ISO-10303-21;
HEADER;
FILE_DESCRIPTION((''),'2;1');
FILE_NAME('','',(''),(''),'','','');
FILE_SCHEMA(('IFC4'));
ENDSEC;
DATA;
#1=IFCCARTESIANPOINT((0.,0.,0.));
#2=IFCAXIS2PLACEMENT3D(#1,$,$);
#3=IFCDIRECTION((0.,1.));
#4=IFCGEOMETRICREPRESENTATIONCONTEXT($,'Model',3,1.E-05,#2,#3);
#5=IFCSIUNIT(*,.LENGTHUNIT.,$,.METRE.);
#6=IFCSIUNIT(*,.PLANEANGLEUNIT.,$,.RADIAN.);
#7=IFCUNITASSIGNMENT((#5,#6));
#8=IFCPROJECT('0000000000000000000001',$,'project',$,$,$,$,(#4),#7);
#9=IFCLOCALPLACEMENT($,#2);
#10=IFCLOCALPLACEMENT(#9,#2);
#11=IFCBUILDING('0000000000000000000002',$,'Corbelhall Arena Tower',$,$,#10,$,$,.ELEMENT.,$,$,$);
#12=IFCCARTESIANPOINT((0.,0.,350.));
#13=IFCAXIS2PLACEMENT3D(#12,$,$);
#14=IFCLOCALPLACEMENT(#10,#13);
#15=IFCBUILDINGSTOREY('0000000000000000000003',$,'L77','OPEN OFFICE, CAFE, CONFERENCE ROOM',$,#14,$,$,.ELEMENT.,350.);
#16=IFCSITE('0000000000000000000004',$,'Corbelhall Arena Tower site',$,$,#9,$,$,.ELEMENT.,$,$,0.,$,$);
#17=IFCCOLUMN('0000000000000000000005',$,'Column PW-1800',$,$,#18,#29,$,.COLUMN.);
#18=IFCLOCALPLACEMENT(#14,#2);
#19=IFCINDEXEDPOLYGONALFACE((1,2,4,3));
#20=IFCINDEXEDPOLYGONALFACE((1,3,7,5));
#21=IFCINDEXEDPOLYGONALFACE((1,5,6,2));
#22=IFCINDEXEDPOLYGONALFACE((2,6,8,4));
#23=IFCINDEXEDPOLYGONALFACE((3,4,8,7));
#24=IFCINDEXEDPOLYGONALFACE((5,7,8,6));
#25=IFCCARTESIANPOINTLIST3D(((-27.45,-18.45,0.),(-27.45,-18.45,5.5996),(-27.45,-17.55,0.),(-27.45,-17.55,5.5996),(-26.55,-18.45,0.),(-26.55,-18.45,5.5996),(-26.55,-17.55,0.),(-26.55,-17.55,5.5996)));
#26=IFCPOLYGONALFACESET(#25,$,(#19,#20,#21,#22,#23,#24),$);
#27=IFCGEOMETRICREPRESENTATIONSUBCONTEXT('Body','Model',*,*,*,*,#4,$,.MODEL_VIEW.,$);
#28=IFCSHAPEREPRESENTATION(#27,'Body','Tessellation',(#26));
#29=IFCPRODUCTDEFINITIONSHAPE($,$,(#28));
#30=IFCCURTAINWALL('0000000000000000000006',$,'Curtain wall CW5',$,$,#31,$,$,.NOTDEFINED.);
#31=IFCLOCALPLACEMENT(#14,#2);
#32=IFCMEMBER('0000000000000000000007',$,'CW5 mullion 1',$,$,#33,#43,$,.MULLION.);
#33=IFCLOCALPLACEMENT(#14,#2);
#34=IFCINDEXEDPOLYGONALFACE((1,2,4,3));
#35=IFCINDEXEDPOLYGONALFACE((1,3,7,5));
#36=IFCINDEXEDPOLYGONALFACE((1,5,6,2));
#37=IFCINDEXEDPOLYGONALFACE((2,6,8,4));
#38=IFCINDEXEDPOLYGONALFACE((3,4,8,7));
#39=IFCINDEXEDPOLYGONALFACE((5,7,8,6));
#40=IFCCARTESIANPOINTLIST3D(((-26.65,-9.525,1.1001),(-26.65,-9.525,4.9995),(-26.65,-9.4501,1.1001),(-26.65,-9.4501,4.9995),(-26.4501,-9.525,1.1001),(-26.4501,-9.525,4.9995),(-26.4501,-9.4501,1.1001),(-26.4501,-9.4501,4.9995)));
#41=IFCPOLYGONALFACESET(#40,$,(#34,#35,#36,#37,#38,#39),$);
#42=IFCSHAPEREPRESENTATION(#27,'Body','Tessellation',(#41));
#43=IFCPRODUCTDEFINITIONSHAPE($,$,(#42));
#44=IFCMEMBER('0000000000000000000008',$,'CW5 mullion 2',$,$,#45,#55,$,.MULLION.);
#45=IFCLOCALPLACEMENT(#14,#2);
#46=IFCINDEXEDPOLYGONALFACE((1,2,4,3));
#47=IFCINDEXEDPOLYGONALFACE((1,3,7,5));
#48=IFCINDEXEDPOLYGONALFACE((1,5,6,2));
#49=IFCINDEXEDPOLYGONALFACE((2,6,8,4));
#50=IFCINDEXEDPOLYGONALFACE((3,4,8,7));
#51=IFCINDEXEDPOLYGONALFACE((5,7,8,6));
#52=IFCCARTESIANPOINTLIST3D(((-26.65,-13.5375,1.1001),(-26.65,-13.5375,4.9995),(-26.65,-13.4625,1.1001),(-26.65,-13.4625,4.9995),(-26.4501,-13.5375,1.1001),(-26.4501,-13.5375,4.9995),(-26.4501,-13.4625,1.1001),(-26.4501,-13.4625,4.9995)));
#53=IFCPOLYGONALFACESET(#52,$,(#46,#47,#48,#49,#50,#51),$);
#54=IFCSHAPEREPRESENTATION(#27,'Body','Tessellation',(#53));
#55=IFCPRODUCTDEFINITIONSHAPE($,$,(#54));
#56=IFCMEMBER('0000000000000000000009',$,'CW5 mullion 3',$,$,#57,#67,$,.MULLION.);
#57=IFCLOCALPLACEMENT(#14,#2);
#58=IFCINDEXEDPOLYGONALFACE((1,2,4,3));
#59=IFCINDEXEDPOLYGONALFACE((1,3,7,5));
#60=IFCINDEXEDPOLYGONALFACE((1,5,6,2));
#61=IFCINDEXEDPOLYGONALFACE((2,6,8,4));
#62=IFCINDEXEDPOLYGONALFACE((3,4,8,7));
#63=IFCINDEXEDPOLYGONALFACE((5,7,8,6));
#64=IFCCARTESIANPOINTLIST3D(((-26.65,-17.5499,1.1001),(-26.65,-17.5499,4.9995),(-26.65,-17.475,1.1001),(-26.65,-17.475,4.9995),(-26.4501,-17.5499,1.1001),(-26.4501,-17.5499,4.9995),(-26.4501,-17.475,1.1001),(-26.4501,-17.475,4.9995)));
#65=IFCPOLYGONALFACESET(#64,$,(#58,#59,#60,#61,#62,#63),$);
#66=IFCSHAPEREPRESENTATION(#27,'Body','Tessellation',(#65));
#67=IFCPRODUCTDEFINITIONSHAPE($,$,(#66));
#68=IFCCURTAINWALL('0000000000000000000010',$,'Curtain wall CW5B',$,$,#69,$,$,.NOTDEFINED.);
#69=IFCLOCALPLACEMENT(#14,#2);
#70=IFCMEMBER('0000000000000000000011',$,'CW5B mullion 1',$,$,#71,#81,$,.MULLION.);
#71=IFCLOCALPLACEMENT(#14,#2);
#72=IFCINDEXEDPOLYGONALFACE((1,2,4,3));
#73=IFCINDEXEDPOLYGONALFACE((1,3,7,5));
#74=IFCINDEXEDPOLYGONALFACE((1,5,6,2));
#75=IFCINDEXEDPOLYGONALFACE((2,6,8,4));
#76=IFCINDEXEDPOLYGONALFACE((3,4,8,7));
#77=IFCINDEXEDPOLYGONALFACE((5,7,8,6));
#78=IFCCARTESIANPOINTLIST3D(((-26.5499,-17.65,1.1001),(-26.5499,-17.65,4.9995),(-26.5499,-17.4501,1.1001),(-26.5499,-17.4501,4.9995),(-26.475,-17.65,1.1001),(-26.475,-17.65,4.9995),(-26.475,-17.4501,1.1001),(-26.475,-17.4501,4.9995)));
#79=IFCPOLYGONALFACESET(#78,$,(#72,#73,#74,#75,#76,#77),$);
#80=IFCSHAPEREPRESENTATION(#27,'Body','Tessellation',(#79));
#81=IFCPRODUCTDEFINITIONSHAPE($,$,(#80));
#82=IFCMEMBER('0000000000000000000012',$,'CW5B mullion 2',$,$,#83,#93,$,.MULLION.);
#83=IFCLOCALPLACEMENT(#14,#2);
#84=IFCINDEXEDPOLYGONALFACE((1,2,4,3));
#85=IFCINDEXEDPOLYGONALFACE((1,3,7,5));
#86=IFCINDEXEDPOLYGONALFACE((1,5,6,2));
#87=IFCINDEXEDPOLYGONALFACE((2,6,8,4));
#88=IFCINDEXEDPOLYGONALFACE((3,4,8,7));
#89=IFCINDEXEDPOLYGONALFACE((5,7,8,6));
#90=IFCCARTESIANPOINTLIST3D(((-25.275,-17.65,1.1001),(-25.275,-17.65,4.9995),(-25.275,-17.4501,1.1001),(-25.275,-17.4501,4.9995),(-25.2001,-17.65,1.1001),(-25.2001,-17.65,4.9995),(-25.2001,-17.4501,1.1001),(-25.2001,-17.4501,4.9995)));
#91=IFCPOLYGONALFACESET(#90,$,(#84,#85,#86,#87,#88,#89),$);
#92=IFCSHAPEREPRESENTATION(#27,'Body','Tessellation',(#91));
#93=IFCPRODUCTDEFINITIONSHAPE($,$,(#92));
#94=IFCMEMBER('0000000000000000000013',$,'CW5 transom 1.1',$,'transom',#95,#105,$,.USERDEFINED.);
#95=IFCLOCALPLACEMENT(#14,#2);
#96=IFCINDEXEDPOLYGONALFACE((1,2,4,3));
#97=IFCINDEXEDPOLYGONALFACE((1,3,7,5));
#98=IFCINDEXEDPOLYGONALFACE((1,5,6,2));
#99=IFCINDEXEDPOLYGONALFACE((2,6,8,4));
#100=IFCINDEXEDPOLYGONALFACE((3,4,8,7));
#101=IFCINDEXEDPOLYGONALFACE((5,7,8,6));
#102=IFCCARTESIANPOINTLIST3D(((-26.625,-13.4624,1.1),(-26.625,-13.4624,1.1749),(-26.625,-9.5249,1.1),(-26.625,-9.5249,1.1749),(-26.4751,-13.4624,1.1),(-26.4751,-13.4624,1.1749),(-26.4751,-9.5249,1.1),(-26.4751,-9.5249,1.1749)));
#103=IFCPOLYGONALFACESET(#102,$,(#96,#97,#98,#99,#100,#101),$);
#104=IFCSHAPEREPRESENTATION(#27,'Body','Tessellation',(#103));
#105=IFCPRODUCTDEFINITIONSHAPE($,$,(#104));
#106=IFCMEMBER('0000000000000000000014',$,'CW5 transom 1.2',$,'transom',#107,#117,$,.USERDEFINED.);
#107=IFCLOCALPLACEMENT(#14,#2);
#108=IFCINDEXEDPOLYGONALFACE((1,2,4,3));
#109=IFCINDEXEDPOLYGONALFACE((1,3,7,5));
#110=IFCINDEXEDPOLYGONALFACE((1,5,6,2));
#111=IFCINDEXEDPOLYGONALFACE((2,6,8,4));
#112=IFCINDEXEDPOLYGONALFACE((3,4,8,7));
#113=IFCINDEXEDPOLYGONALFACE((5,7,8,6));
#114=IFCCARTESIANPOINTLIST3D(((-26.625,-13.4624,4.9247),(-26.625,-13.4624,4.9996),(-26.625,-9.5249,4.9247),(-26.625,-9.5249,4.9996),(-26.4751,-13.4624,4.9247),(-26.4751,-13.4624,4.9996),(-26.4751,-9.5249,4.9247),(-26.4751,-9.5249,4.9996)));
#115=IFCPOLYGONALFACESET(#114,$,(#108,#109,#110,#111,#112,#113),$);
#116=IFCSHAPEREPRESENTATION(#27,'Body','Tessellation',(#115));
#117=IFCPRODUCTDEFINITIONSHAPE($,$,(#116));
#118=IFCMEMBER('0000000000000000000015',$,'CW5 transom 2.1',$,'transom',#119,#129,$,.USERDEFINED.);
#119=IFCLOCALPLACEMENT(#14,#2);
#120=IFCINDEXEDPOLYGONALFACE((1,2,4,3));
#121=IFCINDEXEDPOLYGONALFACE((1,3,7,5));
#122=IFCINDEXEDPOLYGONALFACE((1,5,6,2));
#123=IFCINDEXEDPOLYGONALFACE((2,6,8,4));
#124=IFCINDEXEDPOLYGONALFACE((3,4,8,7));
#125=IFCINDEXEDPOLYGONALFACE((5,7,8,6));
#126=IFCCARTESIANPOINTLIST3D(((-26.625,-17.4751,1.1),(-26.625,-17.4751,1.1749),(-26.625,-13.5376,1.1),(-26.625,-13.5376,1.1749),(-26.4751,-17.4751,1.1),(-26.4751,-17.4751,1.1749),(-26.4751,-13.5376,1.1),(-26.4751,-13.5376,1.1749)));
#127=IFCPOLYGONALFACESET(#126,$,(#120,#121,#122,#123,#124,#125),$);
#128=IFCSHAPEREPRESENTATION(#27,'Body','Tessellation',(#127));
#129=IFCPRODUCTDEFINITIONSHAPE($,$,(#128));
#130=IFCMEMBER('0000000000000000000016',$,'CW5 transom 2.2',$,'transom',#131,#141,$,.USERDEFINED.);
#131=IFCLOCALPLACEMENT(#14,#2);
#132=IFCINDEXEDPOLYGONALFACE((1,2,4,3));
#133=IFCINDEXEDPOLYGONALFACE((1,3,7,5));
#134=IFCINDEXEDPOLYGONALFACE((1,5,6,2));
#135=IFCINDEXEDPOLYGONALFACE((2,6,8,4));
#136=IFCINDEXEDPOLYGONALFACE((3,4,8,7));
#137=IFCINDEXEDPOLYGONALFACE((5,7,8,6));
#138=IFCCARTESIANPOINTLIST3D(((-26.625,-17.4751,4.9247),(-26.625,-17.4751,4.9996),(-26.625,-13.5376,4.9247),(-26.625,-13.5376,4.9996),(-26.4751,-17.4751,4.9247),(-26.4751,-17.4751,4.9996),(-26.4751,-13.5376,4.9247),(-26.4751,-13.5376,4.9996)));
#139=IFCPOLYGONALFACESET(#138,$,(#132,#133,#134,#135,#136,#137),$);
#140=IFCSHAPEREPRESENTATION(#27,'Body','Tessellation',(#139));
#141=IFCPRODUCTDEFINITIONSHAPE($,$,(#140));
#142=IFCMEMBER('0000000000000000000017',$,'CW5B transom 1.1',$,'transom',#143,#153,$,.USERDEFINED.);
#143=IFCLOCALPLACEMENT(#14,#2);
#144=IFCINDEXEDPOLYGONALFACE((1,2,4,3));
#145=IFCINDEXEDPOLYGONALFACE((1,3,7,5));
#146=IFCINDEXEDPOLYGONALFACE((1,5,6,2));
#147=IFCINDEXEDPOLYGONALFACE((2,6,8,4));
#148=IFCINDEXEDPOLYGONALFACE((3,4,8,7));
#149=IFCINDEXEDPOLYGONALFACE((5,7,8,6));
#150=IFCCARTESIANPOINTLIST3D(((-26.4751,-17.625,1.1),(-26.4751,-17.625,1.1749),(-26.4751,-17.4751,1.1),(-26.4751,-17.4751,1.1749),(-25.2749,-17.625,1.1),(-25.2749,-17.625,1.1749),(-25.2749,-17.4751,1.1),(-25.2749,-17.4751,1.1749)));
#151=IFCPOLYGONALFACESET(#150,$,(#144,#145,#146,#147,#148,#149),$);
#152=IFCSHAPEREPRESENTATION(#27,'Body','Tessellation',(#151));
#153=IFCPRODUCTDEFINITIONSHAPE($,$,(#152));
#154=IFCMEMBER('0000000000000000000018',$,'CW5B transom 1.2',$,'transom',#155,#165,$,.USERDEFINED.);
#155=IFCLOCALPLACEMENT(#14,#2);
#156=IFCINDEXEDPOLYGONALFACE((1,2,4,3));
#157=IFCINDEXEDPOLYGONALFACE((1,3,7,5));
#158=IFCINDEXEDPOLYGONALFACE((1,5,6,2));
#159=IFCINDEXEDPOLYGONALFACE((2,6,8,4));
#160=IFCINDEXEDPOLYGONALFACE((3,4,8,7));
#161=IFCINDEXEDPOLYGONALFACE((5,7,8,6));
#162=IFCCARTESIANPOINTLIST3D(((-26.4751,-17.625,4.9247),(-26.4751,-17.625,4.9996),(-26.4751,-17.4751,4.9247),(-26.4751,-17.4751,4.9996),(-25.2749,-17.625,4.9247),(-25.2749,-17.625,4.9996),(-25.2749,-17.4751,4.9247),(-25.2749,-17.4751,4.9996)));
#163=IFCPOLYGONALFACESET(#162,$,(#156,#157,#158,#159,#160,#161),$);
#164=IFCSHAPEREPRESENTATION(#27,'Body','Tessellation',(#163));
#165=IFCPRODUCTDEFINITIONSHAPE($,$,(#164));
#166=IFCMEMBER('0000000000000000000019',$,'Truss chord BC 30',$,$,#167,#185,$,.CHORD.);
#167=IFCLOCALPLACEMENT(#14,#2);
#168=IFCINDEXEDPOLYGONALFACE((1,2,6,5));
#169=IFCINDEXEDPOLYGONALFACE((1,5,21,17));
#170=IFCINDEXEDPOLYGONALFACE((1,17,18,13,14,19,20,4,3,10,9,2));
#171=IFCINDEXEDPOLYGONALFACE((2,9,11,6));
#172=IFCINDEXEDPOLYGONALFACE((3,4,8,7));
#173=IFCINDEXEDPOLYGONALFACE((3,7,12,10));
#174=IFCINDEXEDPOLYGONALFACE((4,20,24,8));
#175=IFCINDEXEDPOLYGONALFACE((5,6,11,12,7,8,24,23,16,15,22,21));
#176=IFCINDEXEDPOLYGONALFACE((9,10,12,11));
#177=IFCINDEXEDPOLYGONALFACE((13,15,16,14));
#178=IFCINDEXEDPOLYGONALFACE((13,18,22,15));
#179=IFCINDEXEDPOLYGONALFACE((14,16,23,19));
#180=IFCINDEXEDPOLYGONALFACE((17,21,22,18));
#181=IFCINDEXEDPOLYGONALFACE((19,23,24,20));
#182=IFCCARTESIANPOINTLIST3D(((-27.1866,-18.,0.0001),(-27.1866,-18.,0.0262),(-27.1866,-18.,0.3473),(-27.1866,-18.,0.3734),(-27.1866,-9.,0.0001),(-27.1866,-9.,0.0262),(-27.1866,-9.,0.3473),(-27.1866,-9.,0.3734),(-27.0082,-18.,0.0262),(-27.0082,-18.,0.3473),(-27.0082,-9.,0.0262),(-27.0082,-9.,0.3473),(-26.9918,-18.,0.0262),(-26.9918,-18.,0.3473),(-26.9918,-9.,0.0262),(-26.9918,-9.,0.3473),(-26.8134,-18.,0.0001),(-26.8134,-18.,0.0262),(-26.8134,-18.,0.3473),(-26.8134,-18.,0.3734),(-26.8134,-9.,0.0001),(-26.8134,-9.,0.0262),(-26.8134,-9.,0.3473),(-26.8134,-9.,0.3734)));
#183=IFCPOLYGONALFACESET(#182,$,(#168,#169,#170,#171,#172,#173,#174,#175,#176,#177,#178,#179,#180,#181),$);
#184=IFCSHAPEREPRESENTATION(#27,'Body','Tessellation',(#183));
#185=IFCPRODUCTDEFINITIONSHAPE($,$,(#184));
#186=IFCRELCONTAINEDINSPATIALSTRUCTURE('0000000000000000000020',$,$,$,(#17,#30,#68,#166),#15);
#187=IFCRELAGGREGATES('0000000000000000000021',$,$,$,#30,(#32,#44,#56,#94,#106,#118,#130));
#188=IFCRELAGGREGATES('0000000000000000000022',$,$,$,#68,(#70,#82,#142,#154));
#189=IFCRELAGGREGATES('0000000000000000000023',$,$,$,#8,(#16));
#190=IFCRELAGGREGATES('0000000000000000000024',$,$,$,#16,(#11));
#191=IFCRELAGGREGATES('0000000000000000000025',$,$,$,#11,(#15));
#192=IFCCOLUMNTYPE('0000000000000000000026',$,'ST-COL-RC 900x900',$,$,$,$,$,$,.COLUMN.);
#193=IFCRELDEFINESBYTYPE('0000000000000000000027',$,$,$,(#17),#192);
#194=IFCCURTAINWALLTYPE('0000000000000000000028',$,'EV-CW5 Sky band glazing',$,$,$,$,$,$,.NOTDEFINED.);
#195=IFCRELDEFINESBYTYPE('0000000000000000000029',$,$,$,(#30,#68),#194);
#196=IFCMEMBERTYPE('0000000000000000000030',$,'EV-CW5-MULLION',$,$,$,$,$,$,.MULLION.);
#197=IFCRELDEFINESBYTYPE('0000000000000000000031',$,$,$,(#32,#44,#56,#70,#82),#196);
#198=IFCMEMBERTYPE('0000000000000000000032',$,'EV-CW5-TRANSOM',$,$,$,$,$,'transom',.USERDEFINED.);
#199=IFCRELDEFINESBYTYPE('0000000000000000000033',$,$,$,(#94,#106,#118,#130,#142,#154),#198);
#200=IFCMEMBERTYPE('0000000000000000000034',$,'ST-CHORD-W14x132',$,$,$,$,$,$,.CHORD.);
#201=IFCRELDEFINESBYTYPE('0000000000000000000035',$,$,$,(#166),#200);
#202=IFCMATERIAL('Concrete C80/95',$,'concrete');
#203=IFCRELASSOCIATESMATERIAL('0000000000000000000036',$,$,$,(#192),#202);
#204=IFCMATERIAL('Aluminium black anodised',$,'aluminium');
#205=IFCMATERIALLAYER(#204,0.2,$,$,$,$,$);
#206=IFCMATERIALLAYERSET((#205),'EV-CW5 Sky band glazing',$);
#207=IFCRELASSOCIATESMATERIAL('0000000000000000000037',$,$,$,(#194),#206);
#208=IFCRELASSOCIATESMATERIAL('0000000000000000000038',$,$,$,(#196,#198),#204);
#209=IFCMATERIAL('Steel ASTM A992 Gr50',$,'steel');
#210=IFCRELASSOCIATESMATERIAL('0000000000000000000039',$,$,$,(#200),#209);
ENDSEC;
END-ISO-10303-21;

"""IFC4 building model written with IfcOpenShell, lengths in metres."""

from ifc_helpers import new_model, si_unit, direction, frame, origin, origin_2d, place, context, subcontext, project, spatial, rectangle, i_section, extrude, material, layer, layer_set, material_profile, profile_set, type_object, element, aggregate, save


model = new_model("IFC4")

# Units and contexts
model_context = context("Model", 3, precision=1e-05, world=origin(), true_north=direction((0.0, 1.0)))
body_context = subcontext(model_context, "Body", "Model", "MODEL_VIEW")
ifc_project = project(units=[si_unit("LENGTHUNIT", "METRE"), si_unit("PLANEANGLEUNIT", "RADIAN")], contexts=[model_context])

# Site, building, storey
site_placement = place(None, origin())
site = spatial("IfcSite", under=ifc_project, at=site_placement, Name="Corbelhall Arena Tower site", CompositionType="ELEMENT", RefElevation=0.0)
building_placement = place(site_placement, origin())
building = spatial("IfcBuilding", under=site, at=building_placement, Name="Corbelhall Arena Tower", CompositionType="ELEMENT")
storey_placement = place(building_placement, frame((0.0, 0.0, 350.0)))
storey = spatial("IfcBuildingStorey", under=building, at=storey_placement, Name="L77", Description="OPEN OFFICE, CAFE, CONFERENCE ROOM", CompositionType="ELEMENT", Elevation=350.0)

# Column
ifc_material_1 = material(Name="Concrete C80/95", Category="concrete")
ifc_material_profile_1 = material_profile(ifc_material_1, rectangle(XDim=0.8999, YDim=0.8999, at=origin_2d()))
ifc_profile_set_1 = profile_set([ifc_material_profile_1], Name="Concrete C80/95")
column_type = type_object("IfcColumnType", Name="ST-COL-RC 900x900", PredefinedType="COLUMN", material=ifc_profile_set_1)
column_placement = place(storey_placement, frame((-27.0, -18.0, 0.0), z_axis=(0.0, 0.0, 1.0), x_axis=(0.0, 1.0, 0.0)))
element("IfcColumn", 1, at=column_placement, inside=storey, type_object=column_type, Name="Column PW-1800", PredefinedType="COLUMN", context=body_context, shape_type="SweptSolid", body=[
    extrude(rectangle(XDim=0.8999, YDim=0.8999, at=origin_2d()), origin(), (0.0, 0.0, 1.0), 5.5996),
])

# Curtain walls, members
ifc_material_2 = material(Name="Aluminium black anodised", Category="aluminium")
ifc_layer_1 = layer(ifc_material_2, 0.2)
ifc_layer_set_1 = layer_set([ifc_layer_1], Name="EV-CW5 Sky band glazing")
curtain_wall_type = type_object("IfcCurtainWallType", Name="EV-CW5 Sky band glazing", PredefinedType="NOTDEFINED", material=ifc_layer_set_1)
curtain_wall_1_placement = place(storey_placement, origin())
curtain_wall_1 = element("IfcCurtainWall", 2, at=curtain_wall_1_placement, inside=storey, type_object=curtain_wall_type, Name="Curtain wall CW5", PredefinedType="NOTDEFINED")
ifc_material_profile_2 = material_profile(ifc_material_2, rectangle(XDim=0.2, YDim=0.075, at=origin_2d()))
ifc_profile_set_2 = profile_set([ifc_material_profile_2], Name="Aluminium black anodised")
member_type_1 = type_object("IfcMemberType", Name="EV-CW5-MULLION", PredefinedType="MULLION", material=ifc_profile_set_2)
member_1_placement = place(storey_placement, frame((-26.55, -9.4875, 1.1001), z_axis=(0.0, 0.0, 1.0), x_axis=(1.0, 0.0, 0.0)))
member_1 = element("IfcMember", 3, at=member_1_placement, type_object=member_type_1, Name="CW5 mullion 1", PredefinedType="MULLION", context=body_context, shape_type="SweptSolid", body=[
    extrude(rectangle(XDim=0.2, YDim=0.075, at=origin_2d()), origin(), (0.0, 0.0, 1.0), 3.8994),
])
member_2_placement = place(storey_placement, frame((-26.55, -13.5, 1.1001), z_axis=(0.0, 0.0, 1.0), x_axis=(1.0, 0.0, 0.0)))
member_2 = element("IfcMember", 4, at=member_2_placement, type_object=member_type_1, Name="CW5 mullion 2", PredefinedType="MULLION", context=body_context, shape_type="SweptSolid", body=[
    extrude(rectangle(XDim=0.2, YDim=0.075, at=origin_2d()), origin(), (0.0, 0.0, 1.0), 3.8994),
])
member_3_placement = place(storey_placement, frame((-26.55, -17.5125, 1.1001), z_axis=(0.0, 0.0, 1.0), x_axis=(1.0, 0.0, 0.0)))
member_3 = element("IfcMember", 5, at=member_3_placement, type_object=member_type_1, Name="CW5 mullion 3", PredefinedType="MULLION", context=body_context, shape_type="SweptSolid", body=[
    extrude(rectangle(XDim=0.2, YDim=0.075, at=origin_2d()), origin(), (0.0, 0.0, 1.0), 3.8994),
])
curtain_wall_2_placement = place(storey_placement, origin())
curtain_wall_2 = element("IfcCurtainWall", 6, at=curtain_wall_2_placement, inside=storey, type_object=curtain_wall_type, Name="Curtain wall CW5B", PredefinedType="NOTDEFINED")
member_4_placement = place(storey_placement, frame((-26.5125, -17.55, 1.1001), z_axis=(0.0, 0.0, 1.0), x_axis=(0.0, 1.0, 0.0)))
member_4 = element("IfcMember", 7, at=member_4_placement, type_object=member_type_1, Name="CW5B mullion 1", PredefinedType="MULLION", context=body_context, shape_type="SweptSolid", body=[
    extrude(rectangle(XDim=0.2, YDim=0.075, at=origin_2d()), origin(), (0.0, 0.0, 1.0), 3.8994),
])
member_5_placement = place(storey_placement, frame((-25.2375, -17.55, 1.1001), z_axis=(0.0, 0.0, 1.0), x_axis=(0.0, 1.0, 0.0)))
member_5 = element("IfcMember", 8, at=member_5_placement, type_object=member_type_1, Name="CW5B mullion 2", PredefinedType="MULLION", context=body_context, shape_type="SweptSolid", body=[
    extrude(rectangle(XDim=0.2, YDim=0.075, at=origin_2d()), origin(), (0.0, 0.0, 1.0), 3.8994),
])

# Members
ifc_material_profile_3 = material_profile(ifc_material_2, rectangle(XDim=0.1499, YDim=0.075, at=origin_2d()))
ifc_profile_set_3 = profile_set([ifc_material_profile_3], Name="Aluminium black anodised")
member_type_2 = type_object("IfcMemberType", Name="EV-CW5-TRANSOM", ElementType="transom", PredefinedType="USERDEFINED", material=ifc_profile_set_3)
member_6_placement = place(storey_placement, frame((-26.55, -9.5249, 1.1375), z_axis=(0.0, -1.0, 0.0), x_axis=(1.0, 0.0, 0.0)))
member_6 = element("IfcMember", 9, at=member_6_placement, type_object=member_type_2, Name="CW5 transom 1.1", ObjectType="transom", PredefinedType="USERDEFINED", context=body_context, shape_type="SweptSolid", body=[
    extrude(rectangle(XDim=0.1499, YDim=0.075, at=origin_2d()), origin(), (0.0, 0.0, 1.0), 3.9375),
])
member_7_placement = place(storey_placement, frame((-26.55, -9.5249, 4.9622), z_axis=(0.0, -1.0, 0.0), x_axis=(1.0, 0.0, 0.0)))
member_7 = element("IfcMember", 10, at=member_7_placement, type_object=member_type_2, Name="CW5 transom 1.2", ObjectType="transom", PredefinedType="USERDEFINED", context=body_context, shape_type="SweptSolid", body=[
    extrude(rectangle(XDim=0.1499, YDim=0.075, at=origin_2d()), origin(), (0.0, 0.0, 1.0), 3.9375),
])
member_8_placement = place(storey_placement, frame((-26.55, -13.5376, 1.1375), z_axis=(0.0, -1.0, 0.0), x_axis=(1.0, 0.0, 0.0)))
member_8 = element("IfcMember", 11, at=member_8_placement, type_object=member_type_2, Name="CW5 transom 2.1", ObjectType="transom", PredefinedType="USERDEFINED", context=body_context, shape_type="SweptSolid", body=[
    extrude(rectangle(XDim=0.1499, YDim=0.075, at=origin_2d()), origin(), (0.0, 0.0, 1.0), 3.9375),
])
member_9_placement = place(storey_placement, frame((-26.55, -13.5376, 4.9622), z_axis=(0.0, -1.0, 0.0), x_axis=(1.0, 0.0, 0.0)))
member_9 = element("IfcMember", 12, at=member_9_placement, type_object=member_type_2, Name="CW5 transom 2.2", ObjectType="transom", PredefinedType="USERDEFINED", context=body_context, shape_type="SweptSolid", body=[
    extrude(rectangle(XDim=0.1499, YDim=0.075, at=origin_2d()), origin(), (0.0, 0.0, 1.0), 3.9375),
])
member_10_placement = place(storey_placement, frame((-26.4751, -17.55, 1.1375), z_axis=(1.0, 0.0, 0.0), x_axis=(0.0, 1.0, 0.0)))
member_10 = element("IfcMember", 13, at=member_10_placement, type_object=member_type_2, Name="CW5B transom 1.1", ObjectType="transom", PredefinedType="USERDEFINED", context=body_context, shape_type="SweptSolid", body=[
    extrude(rectangle(XDim=0.1499, YDim=0.075, at=origin_2d()), origin(), (0.0, 0.0, 1.0), 1.2002),
])
member_11_placement = place(storey_placement, frame((-26.4751, -17.55, 4.9622), z_axis=(1.0, 0.0, 0.0), x_axis=(0.0, 1.0, 0.0)))
member_11 = element("IfcMember", 14, at=member_11_placement, type_object=member_type_2, Name="CW5B transom 1.2", ObjectType="transom", PredefinedType="USERDEFINED", context=body_context, shape_type="SweptSolid", body=[
    extrude(rectangle(XDim=0.1499, YDim=0.075, at=origin_2d()), origin(), (0.0, 0.0, 1.0), 1.2002),
])

# Member
ifc_material_3 = material(Name="Steel ASTM A992 Gr50", Category="steel")
ifc_material_profile_4 = material_profile(ifc_material_3, i_section(OverallWidth=0.3733, OverallDepth=0.3733, WebThickness=0.0164, FlangeThickness=0.0261, at=origin_2d()))
ifc_profile_set_4 = profile_set([ifc_material_profile_4], Name="Steel ASTM A992 Gr50")
member_type_3 = type_object("IfcMemberType", Name="ST-CHORD-W14x132", PredefinedType="CHORD", material=ifc_profile_set_4)
for number, where, z_axis, x_axis, name in (
    (15, (-27.0, -18.0, 0.1868), (0.0, 1.0, 0.0), (-1.0, 0.0, 0.0), "Truss chord BC 30"),
):
    element("IfcMember", number, at=place(storey_placement, frame(where, z_axis=z_axis, x_axis=x_axis)), inside=storey, type_object=member_type_3, Name=name, PredefinedType="CHORD", context=body_context, shape_type="SweptSolid", body=[
        extrude(i_section(OverallWidth=0.3733, OverallDepth=0.3733, WebThickness=0.0164, FlangeThickness=0.0261, at=origin_2d()), origin(), (0.0, 0.0, 1.0), 9.0),
    ])

aggregate(curtain_wall_1, [member_1, member_2, member_3, member_6, member_7, member_8, member_9])
aggregate(curtain_wall_2, [member_4, member_5, member_10, member_11])

save(model, "model.ifc")
